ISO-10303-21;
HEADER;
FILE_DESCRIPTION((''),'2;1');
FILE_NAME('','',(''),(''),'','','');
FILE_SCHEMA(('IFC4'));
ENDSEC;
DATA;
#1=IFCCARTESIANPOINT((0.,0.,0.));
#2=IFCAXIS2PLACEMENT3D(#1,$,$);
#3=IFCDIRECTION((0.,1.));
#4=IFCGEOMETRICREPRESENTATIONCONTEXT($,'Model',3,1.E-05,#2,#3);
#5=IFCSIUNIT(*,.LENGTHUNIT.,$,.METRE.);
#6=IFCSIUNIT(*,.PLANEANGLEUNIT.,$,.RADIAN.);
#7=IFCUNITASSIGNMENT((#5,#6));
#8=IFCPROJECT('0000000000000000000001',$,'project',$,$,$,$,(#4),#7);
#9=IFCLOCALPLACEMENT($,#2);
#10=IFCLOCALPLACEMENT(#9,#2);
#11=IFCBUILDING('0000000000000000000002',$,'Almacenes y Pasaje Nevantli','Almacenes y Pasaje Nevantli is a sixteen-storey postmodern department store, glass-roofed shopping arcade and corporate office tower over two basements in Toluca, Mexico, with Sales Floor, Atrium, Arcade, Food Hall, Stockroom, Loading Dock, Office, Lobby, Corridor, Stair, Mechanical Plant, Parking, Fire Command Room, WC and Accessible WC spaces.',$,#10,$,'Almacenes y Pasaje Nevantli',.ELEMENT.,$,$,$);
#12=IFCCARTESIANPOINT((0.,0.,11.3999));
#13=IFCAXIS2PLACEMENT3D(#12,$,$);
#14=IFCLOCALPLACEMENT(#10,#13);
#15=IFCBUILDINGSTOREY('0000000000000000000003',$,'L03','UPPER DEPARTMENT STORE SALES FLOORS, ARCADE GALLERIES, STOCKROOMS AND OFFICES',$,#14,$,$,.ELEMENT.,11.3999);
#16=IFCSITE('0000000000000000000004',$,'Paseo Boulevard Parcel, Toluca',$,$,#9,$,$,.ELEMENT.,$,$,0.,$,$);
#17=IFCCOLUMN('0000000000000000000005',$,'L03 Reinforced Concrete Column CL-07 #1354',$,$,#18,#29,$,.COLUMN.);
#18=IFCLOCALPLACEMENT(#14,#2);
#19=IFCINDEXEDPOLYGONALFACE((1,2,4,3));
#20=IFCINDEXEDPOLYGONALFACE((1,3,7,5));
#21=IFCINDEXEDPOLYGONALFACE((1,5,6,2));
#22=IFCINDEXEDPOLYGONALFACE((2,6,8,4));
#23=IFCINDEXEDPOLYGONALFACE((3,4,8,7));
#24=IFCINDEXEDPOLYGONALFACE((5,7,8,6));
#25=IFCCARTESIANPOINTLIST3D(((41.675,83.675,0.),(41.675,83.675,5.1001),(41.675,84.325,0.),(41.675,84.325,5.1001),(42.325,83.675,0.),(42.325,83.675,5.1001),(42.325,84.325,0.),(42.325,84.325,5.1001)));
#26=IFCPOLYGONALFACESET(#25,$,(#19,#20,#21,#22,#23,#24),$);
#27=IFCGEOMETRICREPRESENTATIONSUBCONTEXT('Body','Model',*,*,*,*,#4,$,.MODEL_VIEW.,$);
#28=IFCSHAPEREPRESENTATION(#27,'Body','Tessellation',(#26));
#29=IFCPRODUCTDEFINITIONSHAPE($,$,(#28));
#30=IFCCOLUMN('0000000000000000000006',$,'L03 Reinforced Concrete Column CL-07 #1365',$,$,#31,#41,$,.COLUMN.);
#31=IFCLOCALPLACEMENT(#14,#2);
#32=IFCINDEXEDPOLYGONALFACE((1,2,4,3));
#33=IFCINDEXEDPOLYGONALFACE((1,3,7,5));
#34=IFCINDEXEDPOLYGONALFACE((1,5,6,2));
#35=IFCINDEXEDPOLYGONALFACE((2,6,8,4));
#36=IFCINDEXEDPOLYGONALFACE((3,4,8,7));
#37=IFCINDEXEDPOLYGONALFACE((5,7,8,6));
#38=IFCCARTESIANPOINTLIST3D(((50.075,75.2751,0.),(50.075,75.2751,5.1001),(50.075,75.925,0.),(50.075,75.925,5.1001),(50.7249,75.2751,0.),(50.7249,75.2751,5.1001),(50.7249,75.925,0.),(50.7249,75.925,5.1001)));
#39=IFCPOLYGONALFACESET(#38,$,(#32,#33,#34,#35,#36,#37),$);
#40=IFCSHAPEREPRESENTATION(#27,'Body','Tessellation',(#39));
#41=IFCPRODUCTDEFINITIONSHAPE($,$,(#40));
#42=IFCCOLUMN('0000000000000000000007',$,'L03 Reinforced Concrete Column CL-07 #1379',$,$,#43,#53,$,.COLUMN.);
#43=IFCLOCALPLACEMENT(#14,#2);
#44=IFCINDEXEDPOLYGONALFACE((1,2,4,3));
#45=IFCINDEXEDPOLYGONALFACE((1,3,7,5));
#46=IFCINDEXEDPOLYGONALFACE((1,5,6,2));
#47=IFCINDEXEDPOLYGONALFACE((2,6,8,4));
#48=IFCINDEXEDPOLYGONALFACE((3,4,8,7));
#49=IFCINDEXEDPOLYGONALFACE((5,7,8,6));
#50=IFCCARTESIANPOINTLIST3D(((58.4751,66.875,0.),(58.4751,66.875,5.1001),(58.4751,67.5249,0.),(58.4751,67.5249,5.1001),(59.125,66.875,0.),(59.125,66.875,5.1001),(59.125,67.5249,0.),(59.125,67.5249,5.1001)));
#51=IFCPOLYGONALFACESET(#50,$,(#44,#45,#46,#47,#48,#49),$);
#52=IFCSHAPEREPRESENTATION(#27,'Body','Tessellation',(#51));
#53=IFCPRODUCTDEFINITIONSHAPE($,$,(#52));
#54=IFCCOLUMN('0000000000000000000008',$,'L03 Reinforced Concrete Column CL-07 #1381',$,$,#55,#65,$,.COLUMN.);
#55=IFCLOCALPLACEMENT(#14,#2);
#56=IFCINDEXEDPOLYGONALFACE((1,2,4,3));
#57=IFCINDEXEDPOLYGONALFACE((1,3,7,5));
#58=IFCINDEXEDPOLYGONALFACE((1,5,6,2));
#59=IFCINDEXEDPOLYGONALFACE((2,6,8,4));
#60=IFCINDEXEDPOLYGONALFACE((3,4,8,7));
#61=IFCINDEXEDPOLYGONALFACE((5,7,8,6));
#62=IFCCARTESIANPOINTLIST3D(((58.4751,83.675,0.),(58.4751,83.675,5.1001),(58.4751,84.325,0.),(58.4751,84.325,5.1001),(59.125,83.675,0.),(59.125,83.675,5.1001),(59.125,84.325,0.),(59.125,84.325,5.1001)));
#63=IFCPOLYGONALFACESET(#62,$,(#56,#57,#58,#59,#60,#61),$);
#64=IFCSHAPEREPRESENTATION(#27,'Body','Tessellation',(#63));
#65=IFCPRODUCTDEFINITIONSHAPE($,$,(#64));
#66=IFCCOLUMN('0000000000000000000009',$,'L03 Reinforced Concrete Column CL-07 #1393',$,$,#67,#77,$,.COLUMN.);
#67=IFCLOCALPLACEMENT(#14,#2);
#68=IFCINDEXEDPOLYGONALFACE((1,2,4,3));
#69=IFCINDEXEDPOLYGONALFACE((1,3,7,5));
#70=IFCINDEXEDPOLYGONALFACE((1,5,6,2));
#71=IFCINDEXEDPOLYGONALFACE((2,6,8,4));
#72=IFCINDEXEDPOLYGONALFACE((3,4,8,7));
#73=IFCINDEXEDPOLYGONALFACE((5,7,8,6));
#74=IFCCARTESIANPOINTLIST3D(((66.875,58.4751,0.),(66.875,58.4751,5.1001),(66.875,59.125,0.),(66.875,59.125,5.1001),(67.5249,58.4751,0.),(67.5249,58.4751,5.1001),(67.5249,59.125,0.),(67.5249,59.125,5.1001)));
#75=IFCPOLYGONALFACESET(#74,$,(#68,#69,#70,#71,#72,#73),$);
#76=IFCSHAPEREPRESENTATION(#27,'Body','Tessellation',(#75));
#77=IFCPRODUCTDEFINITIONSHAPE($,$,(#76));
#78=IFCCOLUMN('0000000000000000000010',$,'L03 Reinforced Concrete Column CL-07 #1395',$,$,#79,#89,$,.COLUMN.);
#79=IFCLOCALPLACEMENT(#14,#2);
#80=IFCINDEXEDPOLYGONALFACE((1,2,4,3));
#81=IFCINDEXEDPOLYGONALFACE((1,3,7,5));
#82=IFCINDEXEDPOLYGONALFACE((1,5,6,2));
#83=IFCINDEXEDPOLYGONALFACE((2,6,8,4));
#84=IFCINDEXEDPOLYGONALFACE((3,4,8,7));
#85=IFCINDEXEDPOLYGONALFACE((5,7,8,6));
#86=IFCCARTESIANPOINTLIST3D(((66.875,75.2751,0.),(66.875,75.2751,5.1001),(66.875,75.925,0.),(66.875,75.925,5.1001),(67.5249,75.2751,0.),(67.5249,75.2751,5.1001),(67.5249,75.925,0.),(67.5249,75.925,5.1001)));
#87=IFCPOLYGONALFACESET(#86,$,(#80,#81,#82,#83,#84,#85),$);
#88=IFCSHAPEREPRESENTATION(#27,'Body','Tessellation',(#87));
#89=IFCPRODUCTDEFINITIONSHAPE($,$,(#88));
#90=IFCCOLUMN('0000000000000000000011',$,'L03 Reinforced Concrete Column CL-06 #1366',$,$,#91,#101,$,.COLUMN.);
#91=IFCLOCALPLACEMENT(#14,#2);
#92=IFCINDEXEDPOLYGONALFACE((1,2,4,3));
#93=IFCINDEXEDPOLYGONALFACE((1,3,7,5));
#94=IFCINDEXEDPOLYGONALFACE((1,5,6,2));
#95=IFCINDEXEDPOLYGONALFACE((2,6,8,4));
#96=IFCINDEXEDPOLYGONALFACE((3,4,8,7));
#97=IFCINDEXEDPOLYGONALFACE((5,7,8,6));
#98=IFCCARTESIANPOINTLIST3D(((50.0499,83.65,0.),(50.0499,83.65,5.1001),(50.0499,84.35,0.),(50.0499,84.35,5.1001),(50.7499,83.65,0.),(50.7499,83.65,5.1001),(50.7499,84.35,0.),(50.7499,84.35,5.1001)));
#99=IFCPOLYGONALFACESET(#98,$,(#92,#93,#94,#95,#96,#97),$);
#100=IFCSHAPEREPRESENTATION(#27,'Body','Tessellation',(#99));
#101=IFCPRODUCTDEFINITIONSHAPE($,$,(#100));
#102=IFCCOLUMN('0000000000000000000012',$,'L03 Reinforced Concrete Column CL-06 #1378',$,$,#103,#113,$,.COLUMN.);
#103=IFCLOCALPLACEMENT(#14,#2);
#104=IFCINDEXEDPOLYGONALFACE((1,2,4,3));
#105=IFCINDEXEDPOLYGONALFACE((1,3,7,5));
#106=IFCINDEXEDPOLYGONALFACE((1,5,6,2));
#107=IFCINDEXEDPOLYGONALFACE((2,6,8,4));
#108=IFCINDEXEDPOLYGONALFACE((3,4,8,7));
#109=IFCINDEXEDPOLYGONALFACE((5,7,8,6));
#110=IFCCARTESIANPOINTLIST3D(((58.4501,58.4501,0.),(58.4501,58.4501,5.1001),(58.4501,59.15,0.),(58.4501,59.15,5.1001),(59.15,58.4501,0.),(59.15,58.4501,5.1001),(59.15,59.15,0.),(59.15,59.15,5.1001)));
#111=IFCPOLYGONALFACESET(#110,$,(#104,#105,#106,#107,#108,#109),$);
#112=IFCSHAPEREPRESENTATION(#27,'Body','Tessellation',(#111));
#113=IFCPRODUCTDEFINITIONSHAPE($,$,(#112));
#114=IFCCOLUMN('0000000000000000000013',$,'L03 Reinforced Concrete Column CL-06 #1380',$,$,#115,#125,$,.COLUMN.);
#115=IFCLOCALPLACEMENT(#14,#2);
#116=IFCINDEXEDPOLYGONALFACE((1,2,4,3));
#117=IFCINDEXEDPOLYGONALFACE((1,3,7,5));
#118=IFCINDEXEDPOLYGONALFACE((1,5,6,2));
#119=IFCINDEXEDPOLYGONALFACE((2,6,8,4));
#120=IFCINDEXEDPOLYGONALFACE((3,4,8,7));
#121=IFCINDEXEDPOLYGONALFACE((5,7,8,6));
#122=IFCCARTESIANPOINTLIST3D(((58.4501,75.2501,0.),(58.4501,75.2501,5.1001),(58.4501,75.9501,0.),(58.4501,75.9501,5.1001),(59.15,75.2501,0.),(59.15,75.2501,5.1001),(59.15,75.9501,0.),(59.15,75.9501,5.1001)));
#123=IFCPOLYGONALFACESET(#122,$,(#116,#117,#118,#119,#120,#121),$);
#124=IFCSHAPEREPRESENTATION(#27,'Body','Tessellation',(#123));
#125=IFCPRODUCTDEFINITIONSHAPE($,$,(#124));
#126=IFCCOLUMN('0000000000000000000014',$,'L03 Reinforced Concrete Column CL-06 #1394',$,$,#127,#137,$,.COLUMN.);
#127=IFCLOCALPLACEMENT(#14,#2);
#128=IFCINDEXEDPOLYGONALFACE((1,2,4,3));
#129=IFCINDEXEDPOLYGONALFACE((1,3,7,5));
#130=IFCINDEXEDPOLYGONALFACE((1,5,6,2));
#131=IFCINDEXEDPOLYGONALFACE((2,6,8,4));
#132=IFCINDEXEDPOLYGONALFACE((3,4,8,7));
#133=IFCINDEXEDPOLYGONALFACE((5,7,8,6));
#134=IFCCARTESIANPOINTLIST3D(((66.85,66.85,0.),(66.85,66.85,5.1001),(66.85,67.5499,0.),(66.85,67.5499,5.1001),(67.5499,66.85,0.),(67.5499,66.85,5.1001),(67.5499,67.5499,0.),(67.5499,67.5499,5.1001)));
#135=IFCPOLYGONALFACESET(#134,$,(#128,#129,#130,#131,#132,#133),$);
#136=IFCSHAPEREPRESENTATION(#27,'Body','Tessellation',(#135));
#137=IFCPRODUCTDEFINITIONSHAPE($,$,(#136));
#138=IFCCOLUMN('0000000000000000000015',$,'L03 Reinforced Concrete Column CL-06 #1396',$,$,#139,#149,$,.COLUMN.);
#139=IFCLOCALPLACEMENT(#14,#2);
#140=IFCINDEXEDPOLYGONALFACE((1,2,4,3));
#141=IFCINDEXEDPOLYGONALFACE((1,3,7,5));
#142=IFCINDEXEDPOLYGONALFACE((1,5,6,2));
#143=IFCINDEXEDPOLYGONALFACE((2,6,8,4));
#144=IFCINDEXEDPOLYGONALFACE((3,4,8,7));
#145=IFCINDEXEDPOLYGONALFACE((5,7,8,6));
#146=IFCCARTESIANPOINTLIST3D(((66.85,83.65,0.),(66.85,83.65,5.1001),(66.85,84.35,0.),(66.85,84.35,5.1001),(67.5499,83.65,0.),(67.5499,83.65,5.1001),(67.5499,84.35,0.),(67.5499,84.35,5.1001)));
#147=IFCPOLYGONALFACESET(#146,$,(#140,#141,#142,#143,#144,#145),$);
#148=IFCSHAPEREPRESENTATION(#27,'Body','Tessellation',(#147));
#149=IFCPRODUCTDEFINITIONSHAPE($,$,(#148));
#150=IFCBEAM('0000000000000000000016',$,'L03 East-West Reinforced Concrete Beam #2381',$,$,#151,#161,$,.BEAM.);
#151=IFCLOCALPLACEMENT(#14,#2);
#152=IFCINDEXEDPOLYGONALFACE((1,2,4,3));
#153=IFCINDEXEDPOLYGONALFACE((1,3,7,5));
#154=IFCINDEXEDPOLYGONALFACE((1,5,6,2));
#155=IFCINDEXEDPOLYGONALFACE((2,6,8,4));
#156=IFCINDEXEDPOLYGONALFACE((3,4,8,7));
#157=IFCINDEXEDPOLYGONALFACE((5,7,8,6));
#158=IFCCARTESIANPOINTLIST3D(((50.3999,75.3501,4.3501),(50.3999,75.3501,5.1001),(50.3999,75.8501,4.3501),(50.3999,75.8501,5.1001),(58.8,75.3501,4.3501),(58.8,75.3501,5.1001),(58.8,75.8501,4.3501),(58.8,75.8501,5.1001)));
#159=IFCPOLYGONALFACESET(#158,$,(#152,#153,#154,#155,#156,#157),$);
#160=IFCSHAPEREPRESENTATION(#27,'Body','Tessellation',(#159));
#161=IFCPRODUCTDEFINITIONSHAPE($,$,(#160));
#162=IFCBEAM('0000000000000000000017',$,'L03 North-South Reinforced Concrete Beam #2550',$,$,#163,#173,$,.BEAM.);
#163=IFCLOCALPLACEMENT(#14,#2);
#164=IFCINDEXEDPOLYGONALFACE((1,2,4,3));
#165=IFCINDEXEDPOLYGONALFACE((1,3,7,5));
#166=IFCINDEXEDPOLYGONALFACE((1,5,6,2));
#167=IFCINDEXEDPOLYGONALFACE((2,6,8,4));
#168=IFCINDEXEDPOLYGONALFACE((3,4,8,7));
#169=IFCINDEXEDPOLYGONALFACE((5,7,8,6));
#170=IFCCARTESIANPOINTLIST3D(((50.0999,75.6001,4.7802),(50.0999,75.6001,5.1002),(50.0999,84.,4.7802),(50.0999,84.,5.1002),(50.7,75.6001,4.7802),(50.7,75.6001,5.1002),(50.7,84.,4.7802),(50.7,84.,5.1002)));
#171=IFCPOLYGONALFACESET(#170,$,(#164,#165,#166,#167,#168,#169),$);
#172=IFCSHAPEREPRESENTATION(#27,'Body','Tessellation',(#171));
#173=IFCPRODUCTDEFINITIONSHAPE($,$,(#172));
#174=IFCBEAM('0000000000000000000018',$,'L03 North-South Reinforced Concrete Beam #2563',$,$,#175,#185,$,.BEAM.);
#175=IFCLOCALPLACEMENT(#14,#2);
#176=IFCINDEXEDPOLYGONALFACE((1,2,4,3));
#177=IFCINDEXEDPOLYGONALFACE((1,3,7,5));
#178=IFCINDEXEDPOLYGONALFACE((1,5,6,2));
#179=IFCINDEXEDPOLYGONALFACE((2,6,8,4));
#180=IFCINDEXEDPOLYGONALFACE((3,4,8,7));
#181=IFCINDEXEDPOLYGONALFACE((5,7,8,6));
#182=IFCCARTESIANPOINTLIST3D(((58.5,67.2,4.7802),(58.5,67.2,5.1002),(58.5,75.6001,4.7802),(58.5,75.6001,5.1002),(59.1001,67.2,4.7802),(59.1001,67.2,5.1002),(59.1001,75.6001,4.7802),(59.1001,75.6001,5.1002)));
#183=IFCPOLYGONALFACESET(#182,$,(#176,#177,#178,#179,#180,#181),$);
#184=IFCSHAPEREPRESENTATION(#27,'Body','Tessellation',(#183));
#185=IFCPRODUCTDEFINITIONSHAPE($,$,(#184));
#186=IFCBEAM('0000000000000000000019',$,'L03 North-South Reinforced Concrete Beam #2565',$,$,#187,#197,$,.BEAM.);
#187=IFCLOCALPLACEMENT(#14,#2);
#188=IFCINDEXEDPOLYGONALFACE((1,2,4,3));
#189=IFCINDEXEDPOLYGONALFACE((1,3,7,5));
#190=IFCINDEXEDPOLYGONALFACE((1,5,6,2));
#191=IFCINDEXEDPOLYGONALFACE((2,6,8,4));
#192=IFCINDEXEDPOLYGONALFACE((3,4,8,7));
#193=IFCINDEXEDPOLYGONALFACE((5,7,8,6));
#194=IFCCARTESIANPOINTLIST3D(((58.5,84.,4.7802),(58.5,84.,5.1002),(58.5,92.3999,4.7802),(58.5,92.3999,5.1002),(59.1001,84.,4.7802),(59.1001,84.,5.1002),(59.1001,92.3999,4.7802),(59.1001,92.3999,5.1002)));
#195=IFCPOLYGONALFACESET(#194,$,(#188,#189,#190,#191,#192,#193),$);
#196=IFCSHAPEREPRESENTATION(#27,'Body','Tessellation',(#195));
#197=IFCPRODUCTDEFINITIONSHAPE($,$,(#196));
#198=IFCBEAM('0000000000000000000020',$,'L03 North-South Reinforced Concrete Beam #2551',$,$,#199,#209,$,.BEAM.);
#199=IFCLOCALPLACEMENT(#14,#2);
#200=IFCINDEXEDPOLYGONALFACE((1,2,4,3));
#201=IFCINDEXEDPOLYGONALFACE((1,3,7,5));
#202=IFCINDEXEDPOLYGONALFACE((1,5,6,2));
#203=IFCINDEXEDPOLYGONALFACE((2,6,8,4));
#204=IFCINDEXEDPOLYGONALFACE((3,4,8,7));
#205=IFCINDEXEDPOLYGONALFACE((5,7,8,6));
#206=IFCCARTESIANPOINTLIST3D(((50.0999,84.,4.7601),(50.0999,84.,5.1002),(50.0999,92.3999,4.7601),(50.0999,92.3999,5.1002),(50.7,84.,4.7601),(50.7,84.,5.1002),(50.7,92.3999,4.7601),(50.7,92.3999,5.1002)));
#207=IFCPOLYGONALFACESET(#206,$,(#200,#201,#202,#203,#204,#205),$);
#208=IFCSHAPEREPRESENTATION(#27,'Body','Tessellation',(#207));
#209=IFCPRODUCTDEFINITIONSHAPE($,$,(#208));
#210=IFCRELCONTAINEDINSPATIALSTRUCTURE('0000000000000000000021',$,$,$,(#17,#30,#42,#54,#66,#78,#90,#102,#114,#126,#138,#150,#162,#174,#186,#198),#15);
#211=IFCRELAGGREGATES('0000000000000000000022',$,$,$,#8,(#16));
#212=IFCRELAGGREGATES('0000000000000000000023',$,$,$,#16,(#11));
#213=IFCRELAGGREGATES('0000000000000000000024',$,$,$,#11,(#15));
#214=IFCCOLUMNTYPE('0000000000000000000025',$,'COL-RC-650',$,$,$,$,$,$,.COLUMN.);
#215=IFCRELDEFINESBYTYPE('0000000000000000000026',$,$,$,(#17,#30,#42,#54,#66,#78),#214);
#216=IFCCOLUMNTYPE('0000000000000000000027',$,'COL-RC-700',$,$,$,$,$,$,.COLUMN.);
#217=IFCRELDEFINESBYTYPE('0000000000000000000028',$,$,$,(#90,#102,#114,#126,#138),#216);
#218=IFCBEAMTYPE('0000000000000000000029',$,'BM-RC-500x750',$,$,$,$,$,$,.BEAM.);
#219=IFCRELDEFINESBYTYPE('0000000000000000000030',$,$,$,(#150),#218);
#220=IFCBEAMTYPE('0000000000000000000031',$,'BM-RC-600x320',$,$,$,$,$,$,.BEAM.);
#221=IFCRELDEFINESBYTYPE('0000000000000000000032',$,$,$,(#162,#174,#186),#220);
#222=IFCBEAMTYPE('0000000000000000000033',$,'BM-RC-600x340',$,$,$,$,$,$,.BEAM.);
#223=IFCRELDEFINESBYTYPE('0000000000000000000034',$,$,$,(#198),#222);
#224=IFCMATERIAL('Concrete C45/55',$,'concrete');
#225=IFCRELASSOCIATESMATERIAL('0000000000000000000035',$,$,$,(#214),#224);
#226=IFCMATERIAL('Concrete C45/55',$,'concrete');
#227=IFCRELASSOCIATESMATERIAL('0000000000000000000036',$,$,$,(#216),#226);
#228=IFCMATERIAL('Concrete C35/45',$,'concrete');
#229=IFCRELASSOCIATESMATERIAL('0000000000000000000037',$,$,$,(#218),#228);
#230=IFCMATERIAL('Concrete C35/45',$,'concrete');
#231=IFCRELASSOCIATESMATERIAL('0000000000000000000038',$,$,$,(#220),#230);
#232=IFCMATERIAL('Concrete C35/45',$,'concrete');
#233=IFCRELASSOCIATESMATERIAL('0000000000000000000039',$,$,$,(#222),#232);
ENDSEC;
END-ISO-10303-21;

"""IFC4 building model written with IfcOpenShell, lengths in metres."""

from ifc_helpers import new_model, si_unit, direction, frame, origin, origin_2d, place, context, subcontext, project, spatial, rectangle, extrude, material, material_profile, profile_set, type_object, element, save


model = new_model("IFC4")

# Units and contexts
model_context = context("Model", 3, precision=1e-05, world=origin(), true_north=direction((0.0, 1.0)))
body_context = subcontext(model_context, "Body", "Model", "MODEL_VIEW")
ifc_project = project(units=[si_unit("LENGTHUNIT", "METRE"), si_unit("PLANEANGLEUNIT", "RADIAN")], contexts=[model_context])

# Site, building, storey
site_placement = place(None, origin())
site = spatial("IfcSite", under=ifc_project, at=site_placement, Name="Paseo Boulevard Parcel, Toluca", CompositionType="ELEMENT", RefElevation=0.0)
building_placement = place(site_placement, origin())
building = spatial("IfcBuilding", under=site, at=building_placement, Name="Almacenes y Pasaje Nevantli", Description="Almacenes y Pasaje Nevantli is a sixteen-storey postmodern department store, glass-roofed shopping arcade and corporate office tower over two basements in Toluca, Mexico, with Sales Floor, Atrium, Arcade, Food Hall, Stockroom, Loading Dock, Office, Lobby, Corridor, Stair, Mechanical Plant, Parking, Fire Command Room, WC and Accessible WC spaces.", LongName="Almacenes y Pasaje Nevantli", CompositionType="ELEMENT")
storey_placement = place(building_placement, frame((0.0, 0.0, 11.3999)))
storey = spatial("IfcBuildingStorey", under=building, at=storey_placement, Name="L03", Description="UPPER DEPARTMENT STORE SALES FLOORS, ARCADE GALLERIES, STOCKROOMS AND OFFICES", CompositionType="ELEMENT", Elevation=11.3999)

# Columns
ifc_material_1 = material(Name="Concrete C45/55", Category="concrete")
ifc_material_profile_1 = material_profile(ifc_material_1, rectangle(XDim=0.6499, YDim=0.6499, at=origin_2d()), Name="RC-COL-650x650")
ifc_profile_set_1 = profile_set([ifc_material_profile_1], Name="Concrete C45/55")
column_type_1 = type_object("IfcColumnType", Name="COL-RC-650", PredefinedType="COLUMN", material=ifc_profile_set_1)
for number, where, z_axis, x_axis, name in (
    (1, (42.0, 84.0, 0.0), (0.0, 0.0, 1.0), (1.0, 0.0, 0.0), "L03 Reinforced Concrete Column CL-07 #1354"),
    (2, (50.3999, 75.6001, 0.0), (0.0, 0.0, 1.0), (1.0, 0.0, 0.0), "L03 Reinforced Concrete Column CL-07 #1365"),
    (3, (58.8, 67.2, 0.0), (0.0, 0.0, 1.0), (1.0, 0.0, 0.0), "L03 Reinforced Concrete Column CL-07 #1379"),
    (4, (58.8, 84.0, 0.0), (0.0, 0.0, 1.0), (1.0, 0.0, 0.0), "L03 Reinforced Concrete Column CL-07 #1381"),
    (5, (67.2, 58.8, 0.0), (0.0, 0.0, 1.0), (1.0, 0.0, 0.0), "L03 Reinforced Concrete Column CL-07 #1393"),
    (6, (67.2, 75.6001, 0.0), (0.0, 0.0, 1.0), (1.0, 0.0, 0.0), "L03 Reinforced Concrete Column CL-07 #1395"),
):
    element("IfcColumn", number, at=place(storey_placement, frame(where, z_axis=z_axis, x_axis=x_axis)), inside=storey, type_object=column_type_1, Name=name, PredefinedType="COLUMN", context=body_context, shape_type="SweptSolid", body=[
        extrude(rectangle(XDim=0.6499, YDim=0.6499, at=origin_2d()), origin(), (0.0, 0.0, 1.0), 5.1001),
    ])
ifc_material_2 = material(Name="Concrete C45/55", Category="concrete")
ifc_material_profile_2 = material_profile(ifc_material_2, rectangle(XDim=0.7, YDim=0.7, at=origin_2d()), Name="RC-COL-700x700")
ifc_profile_set_2 = profile_set([ifc_material_profile_2], Name="Concrete C45/55")
column_type_2 = type_object("IfcColumnType", Name="COL-RC-700", PredefinedType="COLUMN", material=ifc_profile_set_2)
for number, where, z_axis, x_axis, name in (
    (7, (50.3999, 84.0, 0.0), (0.0, 0.0, 1.0), (1.0, 0.0, 0.0), "L03 Reinforced Concrete Column CL-06 #1366"),
    (8, (58.8, 58.8, 0.0), (0.0, 0.0, 1.0), (1.0, 0.0, 0.0), "L03 Reinforced Concrete Column CL-06 #1378"),
    (9, (58.8, 75.6001, 0.0), (0.0, 0.0, 1.0), (1.0, 0.0, 0.0), "L03 Reinforced Concrete Column CL-06 #1380"),
    (10, (67.2, 67.2, 0.0), (0.0, 0.0, 1.0), (1.0, 0.0, 0.0), "L03 Reinforced Concrete Column CL-06 #1394"),
    (11, (67.2, 84.0, 0.0), (0.0, 0.0, 1.0), (1.0, 0.0, 0.0), "L03 Reinforced Concrete Column CL-06 #1396"),
):
    element("IfcColumn", number, at=place(storey_placement, frame(where, z_axis=z_axis, x_axis=x_axis)), inside=storey, type_object=column_type_2, Name=name, PredefinedType="COLUMN", context=body_context, shape_type="SweptSolid", body=[
        extrude(rectangle(XDim=0.7, YDim=0.7, at=origin_2d()), origin(), (0.0, 0.0, 1.0), 5.1001),
    ])

# Beams
ifc_material_3 = material(Name="Concrete C35/45", Category="concrete")
ifc_material_profile_3 = material_profile(ifc_material_3, rectangle(XDim=0.5, YDim=0.75, at=origin_2d()), Name="RC-BM-500x750")
ifc_profile_set_3 = profile_set([ifc_material_profile_3], Name="Concrete C35/45")
beam_type_1 = type_object("IfcBeamType", Name="BM-RC-500x750", PredefinedType="BEAM", material=ifc_profile_set_3)
beam_1_placement = place(storey_placement, frame((50.3999, 75.6001, 4.7251), z_axis=(1.0, 0.0, 0.0), x_axis=(0.0, 1.0, 0.0)))
element("IfcBeam", 12, at=beam_1_placement, inside=storey, type_object=beam_type_1, Name="L03 East-West Reinforced Concrete Beam #2381", PredefinedType="BEAM", context=body_context, shape_type="SweptSolid", body=[
    extrude(rectangle(XDim=0.5, YDim=0.75, at=origin_2d()), origin(), (0.0, 0.0, 1.0), 8.4001),
])
ifc_material_4 = material(Name="Concrete C35/45", Category="concrete")
ifc_material_profile_4 = material_profile(ifc_material_4, rectangle(XDim=0.6001, YDim=0.3201, at=origin_2d()), Name="RC-BM-600x320")
ifc_profile_set_4 = profile_set([ifc_material_profile_4], Name="Concrete C35/45")
beam_type_2 = type_object("IfcBeamType", Name="BM-RC-600x320", PredefinedType="BEAM", material=ifc_profile_set_4)
beam_2_placement = place(storey_placement, frame((50.3999, 75.6001, 4.9402), z_axis=(0.0, 1.0, 0.0), x_axis=(-1.0, 0.0, 0.0)))
element("IfcBeam", 13, at=beam_2_placement, inside=storey, type_object=beam_type_2, Name="L03 North-South Reinforced Concrete Beam #2550", PredefinedType="BEAM", context=body_context, shape_type="SweptSolid", body=[
    extrude(rectangle(XDim=0.6001, YDim=0.3201, at=origin_2d()), origin(), (0.0, 0.0, 1.0), 8.3999),
])
beam_3_placement = place(storey_placement, frame((58.8, 67.2, 4.9402), z_axis=(0.0, 1.0, 0.0), x_axis=(-1.0, 0.0, 0.0)))
element("IfcBeam", 14, at=beam_3_placement, inside=storey, type_object=beam_type_2, Name="L03 North-South Reinforced Concrete Beam #2563", PredefinedType="BEAM", context=body_context, shape_type="SweptSolid", body=[
    extrude(rectangle(XDim=0.6001, YDim=0.3201, at=origin_2d()), origin(), (0.0, 0.0, 1.0), 8.4001),
])
beam_4_placement = place(storey_placement, frame((58.8, 84.0, 4.9402), z_axis=(0.0, 1.0, 0.0), x_axis=(-1.0, 0.0, 0.0)))
element("IfcBeam", 15, at=beam_4_placement, inside=storey, type_object=beam_type_2, Name="L03 North-South Reinforced Concrete Beam #2565", PredefinedType="BEAM", context=body_context, shape_type="SweptSolid", body=[
    extrude(rectangle(XDim=0.6001, YDim=0.3201, at=origin_2d()), origin(), (0.0, 0.0, 1.0), 8.3999),
])
ifc_material_5 = material(Name="Concrete C35/45", Category="concrete")
ifc_material_profile_5 = material_profile(ifc_material_5, rectangle(XDim=0.6001, YDim=0.3401, at=origin_2d()), Name="RC-BM-600x340")
ifc_profile_set_5 = profile_set([ifc_material_profile_5], Name="Concrete C35/45")
beam_type_3 = type_object("IfcBeamType", Name="BM-RC-600x340", PredefinedType="BEAM", material=ifc_profile_set_5)
for number, where, z_axis, x_axis, name in (
    (16, (50.3999, 84.0, 4.9302), (0.0, 1.0, 0.0), (-1.0, 0.0, 0.0), "L03 North-South Reinforced Concrete Beam #2551"),
):
    element("IfcBeam", number, at=place(storey_placement, frame(where, z_axis=z_axis, x_axis=x_axis)), inside=storey, type_object=beam_type_3, Name=name, PredefinedType="BEAM", context=body_context, shape_type="SweptSolid", body=[
        extrude(rectangle(XDim=0.6001, YDim=0.3401, at=origin_2d()), origin(), (0.0, 0.0, 1.0), 8.3999),
    ])

save(model, "model.ifc")
